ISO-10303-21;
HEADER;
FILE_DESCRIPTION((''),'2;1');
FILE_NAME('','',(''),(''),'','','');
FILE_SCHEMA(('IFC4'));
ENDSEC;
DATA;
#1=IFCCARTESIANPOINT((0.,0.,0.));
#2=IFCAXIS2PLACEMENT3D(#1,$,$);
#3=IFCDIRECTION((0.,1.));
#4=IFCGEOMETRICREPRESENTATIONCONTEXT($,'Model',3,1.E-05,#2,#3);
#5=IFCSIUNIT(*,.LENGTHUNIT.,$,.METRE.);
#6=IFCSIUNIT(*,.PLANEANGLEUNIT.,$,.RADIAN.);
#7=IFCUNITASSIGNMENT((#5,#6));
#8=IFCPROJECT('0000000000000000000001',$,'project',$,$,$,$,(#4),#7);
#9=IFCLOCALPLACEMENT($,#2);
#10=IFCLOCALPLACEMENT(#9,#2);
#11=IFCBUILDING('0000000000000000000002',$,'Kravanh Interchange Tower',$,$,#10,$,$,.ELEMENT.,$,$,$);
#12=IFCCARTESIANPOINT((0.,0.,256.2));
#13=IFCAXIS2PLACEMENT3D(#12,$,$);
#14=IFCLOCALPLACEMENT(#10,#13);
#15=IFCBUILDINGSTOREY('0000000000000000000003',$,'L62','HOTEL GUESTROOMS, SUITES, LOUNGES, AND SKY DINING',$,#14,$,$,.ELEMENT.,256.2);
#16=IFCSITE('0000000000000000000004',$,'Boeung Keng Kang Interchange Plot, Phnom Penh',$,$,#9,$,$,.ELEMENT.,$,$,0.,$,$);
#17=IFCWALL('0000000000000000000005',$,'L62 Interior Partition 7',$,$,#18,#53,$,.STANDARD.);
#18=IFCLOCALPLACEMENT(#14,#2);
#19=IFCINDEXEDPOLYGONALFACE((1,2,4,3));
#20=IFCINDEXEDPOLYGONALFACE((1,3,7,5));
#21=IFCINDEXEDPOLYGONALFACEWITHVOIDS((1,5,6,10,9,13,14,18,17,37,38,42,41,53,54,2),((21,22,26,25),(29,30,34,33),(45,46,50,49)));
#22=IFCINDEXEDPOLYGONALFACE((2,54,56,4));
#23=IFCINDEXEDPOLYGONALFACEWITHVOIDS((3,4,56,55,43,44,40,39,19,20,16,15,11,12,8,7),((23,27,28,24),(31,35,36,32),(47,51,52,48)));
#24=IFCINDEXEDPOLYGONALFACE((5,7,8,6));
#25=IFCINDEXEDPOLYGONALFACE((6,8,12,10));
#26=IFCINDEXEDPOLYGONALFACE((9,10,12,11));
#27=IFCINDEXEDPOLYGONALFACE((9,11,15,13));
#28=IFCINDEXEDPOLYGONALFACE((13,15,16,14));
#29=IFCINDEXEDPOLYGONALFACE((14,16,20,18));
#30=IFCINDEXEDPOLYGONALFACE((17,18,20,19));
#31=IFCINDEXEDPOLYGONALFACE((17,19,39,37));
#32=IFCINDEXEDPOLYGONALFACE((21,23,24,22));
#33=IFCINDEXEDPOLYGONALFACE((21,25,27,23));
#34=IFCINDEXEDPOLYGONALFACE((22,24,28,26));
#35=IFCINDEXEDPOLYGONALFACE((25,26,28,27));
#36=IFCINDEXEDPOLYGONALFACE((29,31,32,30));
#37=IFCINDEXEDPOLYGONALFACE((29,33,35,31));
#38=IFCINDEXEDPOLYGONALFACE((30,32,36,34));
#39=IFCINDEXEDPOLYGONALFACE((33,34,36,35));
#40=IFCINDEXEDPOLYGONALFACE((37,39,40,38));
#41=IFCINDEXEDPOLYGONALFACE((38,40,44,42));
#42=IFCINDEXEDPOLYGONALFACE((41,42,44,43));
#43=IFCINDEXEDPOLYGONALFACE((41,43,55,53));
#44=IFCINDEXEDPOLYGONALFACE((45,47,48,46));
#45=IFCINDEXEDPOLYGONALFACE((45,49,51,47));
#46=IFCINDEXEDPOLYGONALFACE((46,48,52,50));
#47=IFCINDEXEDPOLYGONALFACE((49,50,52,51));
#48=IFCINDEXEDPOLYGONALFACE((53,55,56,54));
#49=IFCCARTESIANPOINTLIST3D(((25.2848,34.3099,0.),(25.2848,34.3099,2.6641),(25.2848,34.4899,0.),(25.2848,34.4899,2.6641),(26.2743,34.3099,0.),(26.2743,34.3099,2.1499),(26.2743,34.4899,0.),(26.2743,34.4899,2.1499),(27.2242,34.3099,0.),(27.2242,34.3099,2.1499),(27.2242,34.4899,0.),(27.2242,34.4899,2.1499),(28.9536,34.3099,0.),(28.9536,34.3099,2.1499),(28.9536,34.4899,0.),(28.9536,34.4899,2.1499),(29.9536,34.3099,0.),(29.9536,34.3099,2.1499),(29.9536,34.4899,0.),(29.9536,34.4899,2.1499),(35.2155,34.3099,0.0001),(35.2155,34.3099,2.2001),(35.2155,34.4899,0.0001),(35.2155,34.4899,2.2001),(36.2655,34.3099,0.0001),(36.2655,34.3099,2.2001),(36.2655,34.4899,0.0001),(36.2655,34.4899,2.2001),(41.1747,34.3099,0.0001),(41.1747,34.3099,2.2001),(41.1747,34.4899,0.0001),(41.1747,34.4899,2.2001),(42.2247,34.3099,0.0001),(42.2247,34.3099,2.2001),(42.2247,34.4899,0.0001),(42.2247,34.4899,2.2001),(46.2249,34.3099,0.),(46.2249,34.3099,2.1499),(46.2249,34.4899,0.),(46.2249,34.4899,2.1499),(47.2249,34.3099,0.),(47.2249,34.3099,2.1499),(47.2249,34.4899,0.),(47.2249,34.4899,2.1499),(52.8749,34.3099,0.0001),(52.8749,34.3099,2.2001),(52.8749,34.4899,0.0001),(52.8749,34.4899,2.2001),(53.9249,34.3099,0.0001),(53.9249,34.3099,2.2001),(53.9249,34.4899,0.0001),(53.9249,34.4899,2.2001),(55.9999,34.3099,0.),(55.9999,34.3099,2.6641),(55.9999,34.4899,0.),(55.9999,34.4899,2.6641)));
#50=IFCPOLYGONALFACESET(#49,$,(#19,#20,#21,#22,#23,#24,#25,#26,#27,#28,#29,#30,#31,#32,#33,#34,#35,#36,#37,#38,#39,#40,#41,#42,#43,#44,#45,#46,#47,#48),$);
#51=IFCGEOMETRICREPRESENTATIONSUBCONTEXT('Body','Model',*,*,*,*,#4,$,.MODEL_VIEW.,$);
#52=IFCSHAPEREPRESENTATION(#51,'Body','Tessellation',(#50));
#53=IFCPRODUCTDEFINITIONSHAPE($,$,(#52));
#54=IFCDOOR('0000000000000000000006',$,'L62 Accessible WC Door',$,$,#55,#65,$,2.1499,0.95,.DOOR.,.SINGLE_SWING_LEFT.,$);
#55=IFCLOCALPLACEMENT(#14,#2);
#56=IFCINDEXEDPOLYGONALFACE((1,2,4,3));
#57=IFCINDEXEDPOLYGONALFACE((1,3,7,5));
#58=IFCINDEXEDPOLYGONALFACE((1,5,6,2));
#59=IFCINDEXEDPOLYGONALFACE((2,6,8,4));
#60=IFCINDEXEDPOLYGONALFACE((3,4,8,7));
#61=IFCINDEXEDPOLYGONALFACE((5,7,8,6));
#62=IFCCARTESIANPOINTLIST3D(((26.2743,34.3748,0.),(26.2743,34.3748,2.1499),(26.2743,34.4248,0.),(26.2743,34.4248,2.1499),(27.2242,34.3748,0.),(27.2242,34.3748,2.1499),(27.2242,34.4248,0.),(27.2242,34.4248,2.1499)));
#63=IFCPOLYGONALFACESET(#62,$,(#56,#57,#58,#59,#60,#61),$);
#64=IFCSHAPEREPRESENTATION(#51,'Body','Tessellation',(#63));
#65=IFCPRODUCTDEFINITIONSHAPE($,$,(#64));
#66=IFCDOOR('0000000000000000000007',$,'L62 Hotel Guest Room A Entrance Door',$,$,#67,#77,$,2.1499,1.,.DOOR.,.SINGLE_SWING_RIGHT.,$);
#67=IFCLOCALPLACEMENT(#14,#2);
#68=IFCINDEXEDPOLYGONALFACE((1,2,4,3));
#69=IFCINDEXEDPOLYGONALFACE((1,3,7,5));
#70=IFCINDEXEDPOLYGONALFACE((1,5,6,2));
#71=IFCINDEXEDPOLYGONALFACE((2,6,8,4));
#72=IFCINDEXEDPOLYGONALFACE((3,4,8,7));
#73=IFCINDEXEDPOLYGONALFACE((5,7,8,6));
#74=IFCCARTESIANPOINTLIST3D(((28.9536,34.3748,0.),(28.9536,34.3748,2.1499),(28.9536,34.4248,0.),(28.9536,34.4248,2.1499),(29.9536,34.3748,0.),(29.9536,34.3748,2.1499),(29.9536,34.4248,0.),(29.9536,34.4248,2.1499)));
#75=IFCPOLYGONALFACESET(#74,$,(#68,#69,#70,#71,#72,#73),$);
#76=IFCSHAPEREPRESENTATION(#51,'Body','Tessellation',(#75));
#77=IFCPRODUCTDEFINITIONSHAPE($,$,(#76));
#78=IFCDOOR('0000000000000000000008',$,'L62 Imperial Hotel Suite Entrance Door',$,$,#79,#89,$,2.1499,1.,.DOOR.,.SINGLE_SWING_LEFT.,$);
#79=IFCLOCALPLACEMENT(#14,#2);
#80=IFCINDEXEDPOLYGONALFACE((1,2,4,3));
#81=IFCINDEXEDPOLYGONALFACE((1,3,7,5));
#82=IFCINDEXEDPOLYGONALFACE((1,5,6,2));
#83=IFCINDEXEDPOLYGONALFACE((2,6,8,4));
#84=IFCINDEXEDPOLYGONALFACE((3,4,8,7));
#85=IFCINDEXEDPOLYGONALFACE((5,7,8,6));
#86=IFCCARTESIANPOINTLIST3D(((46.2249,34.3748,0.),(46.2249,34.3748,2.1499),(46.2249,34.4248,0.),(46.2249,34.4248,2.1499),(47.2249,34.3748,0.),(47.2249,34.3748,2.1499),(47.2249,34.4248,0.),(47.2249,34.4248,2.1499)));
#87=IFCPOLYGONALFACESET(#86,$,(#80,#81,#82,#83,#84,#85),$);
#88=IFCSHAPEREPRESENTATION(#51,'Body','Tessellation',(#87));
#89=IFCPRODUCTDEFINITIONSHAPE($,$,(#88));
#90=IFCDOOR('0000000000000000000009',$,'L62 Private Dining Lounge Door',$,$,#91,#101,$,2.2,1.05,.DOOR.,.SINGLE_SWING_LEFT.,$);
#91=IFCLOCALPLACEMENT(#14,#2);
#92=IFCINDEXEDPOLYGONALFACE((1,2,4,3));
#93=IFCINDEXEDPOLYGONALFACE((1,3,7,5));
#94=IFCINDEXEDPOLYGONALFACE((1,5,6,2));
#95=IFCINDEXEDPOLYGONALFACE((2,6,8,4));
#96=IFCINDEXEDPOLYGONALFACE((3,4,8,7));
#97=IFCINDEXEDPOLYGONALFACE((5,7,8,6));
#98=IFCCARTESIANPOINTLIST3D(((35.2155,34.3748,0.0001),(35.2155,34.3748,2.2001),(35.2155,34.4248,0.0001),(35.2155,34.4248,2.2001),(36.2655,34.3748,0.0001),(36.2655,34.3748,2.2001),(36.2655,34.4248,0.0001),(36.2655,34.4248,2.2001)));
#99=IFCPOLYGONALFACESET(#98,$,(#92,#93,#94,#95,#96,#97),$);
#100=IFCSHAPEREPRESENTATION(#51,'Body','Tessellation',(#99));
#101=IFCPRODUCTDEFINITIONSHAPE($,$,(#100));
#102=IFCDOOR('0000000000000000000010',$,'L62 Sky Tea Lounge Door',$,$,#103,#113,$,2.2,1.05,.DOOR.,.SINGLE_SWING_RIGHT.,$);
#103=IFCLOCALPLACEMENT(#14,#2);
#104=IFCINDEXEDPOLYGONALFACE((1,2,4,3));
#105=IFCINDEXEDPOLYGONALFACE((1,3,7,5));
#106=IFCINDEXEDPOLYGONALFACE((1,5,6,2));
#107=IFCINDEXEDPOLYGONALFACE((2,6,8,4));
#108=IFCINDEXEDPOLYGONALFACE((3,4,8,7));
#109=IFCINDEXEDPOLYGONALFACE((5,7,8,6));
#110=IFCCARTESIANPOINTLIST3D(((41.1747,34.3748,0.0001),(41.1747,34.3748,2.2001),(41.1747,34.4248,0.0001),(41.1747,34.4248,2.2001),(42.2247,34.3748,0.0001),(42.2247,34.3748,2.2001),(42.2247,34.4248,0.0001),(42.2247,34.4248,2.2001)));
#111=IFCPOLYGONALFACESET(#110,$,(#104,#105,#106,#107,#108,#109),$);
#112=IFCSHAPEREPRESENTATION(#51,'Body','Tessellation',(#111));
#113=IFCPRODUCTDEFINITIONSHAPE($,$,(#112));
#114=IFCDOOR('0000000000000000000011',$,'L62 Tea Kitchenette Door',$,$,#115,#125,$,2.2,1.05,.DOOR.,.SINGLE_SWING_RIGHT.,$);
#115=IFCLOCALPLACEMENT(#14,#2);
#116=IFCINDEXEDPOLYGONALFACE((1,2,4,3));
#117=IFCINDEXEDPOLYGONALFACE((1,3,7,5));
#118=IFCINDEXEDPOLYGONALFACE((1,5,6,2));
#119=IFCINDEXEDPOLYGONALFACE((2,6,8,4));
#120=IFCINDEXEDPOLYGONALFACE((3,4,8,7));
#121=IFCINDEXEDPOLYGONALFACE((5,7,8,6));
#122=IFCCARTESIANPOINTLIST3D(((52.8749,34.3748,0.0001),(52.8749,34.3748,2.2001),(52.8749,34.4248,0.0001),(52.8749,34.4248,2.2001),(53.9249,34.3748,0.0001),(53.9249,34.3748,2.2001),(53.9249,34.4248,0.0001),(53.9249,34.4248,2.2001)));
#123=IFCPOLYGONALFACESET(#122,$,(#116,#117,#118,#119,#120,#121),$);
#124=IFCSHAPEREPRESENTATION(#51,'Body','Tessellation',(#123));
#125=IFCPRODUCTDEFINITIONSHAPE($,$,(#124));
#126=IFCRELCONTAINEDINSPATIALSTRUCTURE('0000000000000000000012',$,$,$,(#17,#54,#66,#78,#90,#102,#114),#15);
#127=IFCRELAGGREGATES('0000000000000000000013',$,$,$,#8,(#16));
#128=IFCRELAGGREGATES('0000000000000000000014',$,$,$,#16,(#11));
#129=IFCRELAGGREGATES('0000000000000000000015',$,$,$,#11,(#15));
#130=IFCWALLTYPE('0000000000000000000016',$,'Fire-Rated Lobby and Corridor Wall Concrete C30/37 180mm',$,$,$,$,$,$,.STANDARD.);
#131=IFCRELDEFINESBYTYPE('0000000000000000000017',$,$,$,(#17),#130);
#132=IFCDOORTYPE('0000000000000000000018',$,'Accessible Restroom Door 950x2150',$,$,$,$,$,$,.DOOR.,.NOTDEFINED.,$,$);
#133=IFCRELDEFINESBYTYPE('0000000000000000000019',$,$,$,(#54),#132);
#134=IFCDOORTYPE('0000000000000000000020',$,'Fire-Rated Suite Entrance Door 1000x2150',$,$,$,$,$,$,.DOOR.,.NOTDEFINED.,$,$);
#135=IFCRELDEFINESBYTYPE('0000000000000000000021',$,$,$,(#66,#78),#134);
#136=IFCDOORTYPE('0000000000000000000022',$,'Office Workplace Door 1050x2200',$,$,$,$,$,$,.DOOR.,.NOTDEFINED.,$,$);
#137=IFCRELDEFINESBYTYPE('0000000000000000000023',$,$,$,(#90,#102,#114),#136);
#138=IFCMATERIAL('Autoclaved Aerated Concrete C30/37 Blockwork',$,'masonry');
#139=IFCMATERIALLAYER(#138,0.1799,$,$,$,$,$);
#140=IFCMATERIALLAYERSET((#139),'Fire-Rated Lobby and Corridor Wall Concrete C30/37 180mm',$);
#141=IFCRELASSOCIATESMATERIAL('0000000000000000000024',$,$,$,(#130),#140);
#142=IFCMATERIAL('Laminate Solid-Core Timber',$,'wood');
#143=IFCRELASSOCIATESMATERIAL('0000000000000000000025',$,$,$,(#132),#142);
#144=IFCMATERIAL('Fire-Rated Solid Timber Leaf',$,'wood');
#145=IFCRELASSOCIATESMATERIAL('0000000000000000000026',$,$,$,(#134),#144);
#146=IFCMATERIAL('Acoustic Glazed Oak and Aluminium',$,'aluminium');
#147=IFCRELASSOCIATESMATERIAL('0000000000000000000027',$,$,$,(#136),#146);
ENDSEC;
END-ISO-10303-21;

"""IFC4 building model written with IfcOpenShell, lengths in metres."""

from ifc_helpers import new_model, si_unit, direction, frame, frame_2d, origin, place, context, subcontext, project, spatial, rectangle, extrude, material, layer, layer_set, type_object, element, fill, save


model = new_model("IFC4")

# Units and contexts
model_context = context("Model", 3, precision=1e-05, world=origin(), true_north=direction((0.0, 1.0)))
body_context = subcontext(model_context, "Body", "Model", "MODEL_VIEW")
ifc_project = project(units=[si_unit("LENGTHUNIT", "METRE"), si_unit("PLANEANGLEUNIT", "RADIAN")], contexts=[model_context])

# Site, building, storey
site_placement = place(None, origin())
site = spatial("IfcSite", under=ifc_project, at=site_placement, Name="Boeung Keng Kang Interchange Plot, Phnom Penh", CompositionType="ELEMENT", RefElevation=0.0)
building_placement = place(site_placement, origin())
building = spatial("IfcBuilding", under=site, at=building_placement, Name="Kravanh Interchange Tower", CompositionType="ELEMENT")
storey_placement = place(building_placement, frame((0.0, 0.0, 256.2)))
storey = spatial("IfcBuildingStorey", under=building, at=storey_placement, Name="L62", Description="HOTEL GUESTROOMS, SUITES, LOUNGES, AND SKY DINING", CompositionType="ELEMENT", Elevation=256.2)

# Wall, openings, doors
ifc_material_1 = material(Name="Autoclaved Aerated Concrete C30/37 Blockwork", Category="masonry")
ifc_layer_1 = layer(ifc_material_1, 0.1799)
ifc_layer_set_1 = layer_set([ifc_layer_1], Name="Fire-Rated Lobby and Corridor Wall Concrete C30/37 180mm")
wall_type_1 = type_object("IfcWallType", Name="Fire-Rated Lobby and Corridor Wall Concrete C30/37 180mm", PredefinedType="STANDARD", material=ifc_layer_set_1)
wall_1_placement = place(storey_placement, frame((25.2849, 34.3999, 0.0), z_axis=(0.0, 0.0, 1.0), x_axis=(1.0, 0.0, 0.0)))
wall_1 = element("IfcWall", 1, at=wall_1_placement, inside=storey, type_object=wall_type_1, Name="L62 Interior Partition 7", PredefinedType="STANDARD", context=body_context, shape_type="SweptSolid", body=[
    extrude(rectangle(XDim=30.7151, YDim=0.1799, at=frame_2d((15.3574, 0.0))), origin(), (0.0, 0.0, 1.0), 2.6641),
])
opening_1_placement = place(wall_1_placement, frame((0.9893, 0.0, 0.0)))
opening_1 = element("IfcOpeningElement", 2, at=opening_1_placement, cuts=wall_1, PredefinedType="OPENING", context=body_context, shape_type="SweptSolid", body=[
    extrude(rectangle(XDim=0.95, YDim=2.1499, at=frame_2d((0.4751, 1.075))), frame((0.0, 0.1001, 0.0), z_axis=(0.0, -1.0, 0.0), x_axis=(1.0, 0.0, 0.0)), (0.0, 0.0, 1.0), 0.2),
])
opening_2_placement = place(wall_1_placement, frame((3.6687, 0.0, 0.0)))
opening_2 = element("IfcOpeningElement", 3, at=opening_2_placement, cuts=wall_1, PredefinedType="OPENING", context=body_context, shape_type="SweptSolid", body=[
    extrude(rectangle(XDim=1.0, YDim=2.1499, at=frame_2d((0.5, 1.075))), frame((0.0, 0.1001, 0.0), z_axis=(0.0, -1.0, 0.0), x_axis=(1.0, 0.0, 0.0)), (0.0, 0.0, 1.0), 0.2),
])
opening_3_placement = place(wall_1_placement, frame((9.9307, 0.0, 0.0)))
opening_3 = element("IfcOpeningElement", 4, at=opening_3_placement, cuts=wall_1, PredefinedType="OPENING", context=body_context, shape_type="SweptSolid", body=[
    extrude(rectangle(XDim=1.05, YDim=2.2, at=frame_2d((0.5249, 1.1001))), frame((0.0, 0.1001, 0.0), z_axis=(0.0, -1.0, 0.0), x_axis=(1.0, 0.0, 0.0)), (0.0, 0.0, 1.0), 0.2),
])
opening_4_placement = place(wall_1_placement, frame((15.8899, 0.0, 0.0)))
opening_4 = element("IfcOpeningElement", 5, at=opening_4_placement, cuts=wall_1, PredefinedType="OPENING", context=body_context, shape_type="SweptSolid", body=[
    extrude(rectangle(XDim=1.05, YDim=2.2, at=frame_2d((0.5249, 1.1001))), frame((0.0, 0.1001, 0.0), z_axis=(0.0, -1.0, 0.0), x_axis=(1.0, 0.0, 0.0)), (0.0, 0.0, 1.0), 0.2),
])
opening_5_placement = place(wall_1_placement, frame((20.9399, 0.0, 0.0)))
opening_5 = element("IfcOpeningElement", 6, at=opening_5_placement, cuts=wall_1, PredefinedType="OPENING", context=body_context, shape_type="SweptSolid", body=[
    extrude(rectangle(XDim=1.0, YDim=2.1499, at=frame_2d((0.5, 1.075))), frame((0.0, 0.1001, 0.0), z_axis=(0.0, -1.0, 0.0), x_axis=(1.0, 0.0, 0.0)), (0.0, 0.0, 1.0), 0.2),
])
opening_6_placement = place(wall_1_placement, frame((27.5901, 0.0, 0.0)))
opening_6 = element("IfcOpeningElement", 7, at=opening_6_placement, cuts=wall_1, PredefinedType="OPENING", context=body_context, shape_type="SweptSolid", body=[
    extrude(rectangle(XDim=1.05, YDim=2.2, at=frame_2d((0.5249, 1.1001))), frame((0.0, 0.1001, 0.0), z_axis=(0.0, -1.0, 0.0), x_axis=(1.0, 0.0, 0.0)), (0.0, 0.0, 1.0), 0.2),
])
ifc_material_2 = material(Name="Laminate Solid-Core Timber", Category="wood")
door_type_1 = type_object("IfcDoorType", Name="Accessible Restroom Door 950x2150", OperationType="NOTDEFINED", PredefinedType="DOOR", material=ifc_material_2)
door_1_placement = place(opening_1_placement, origin())
door_1 = element("IfcDoor", 8, at=door_1_placement, inside=storey, type_object=door_type_1, Name="L62 Accessible WC Door", OperationType="SINGLE_SWING_LEFT", OverallHeight=2.1499, OverallWidth=0.95, PredefinedType="DOOR", context=body_context, shape_type="SweptSolid", body=[
    extrude(rectangle(XDim=0.95, YDim=2.1499, at=frame_2d((0.4751, 1.075))), frame((0.0, 0.0249, 0.0), z_axis=(0.0, -1.0, 0.0), x_axis=(1.0, 0.0, 0.0)), (0.0, 0.0, 1.0), 0.05),
])
fill(opening_1, door_1)
ifc_material_3 = material(Name="Fire-Rated Solid Timber Leaf", Category="wood")
door_type_2 = type_object("IfcDoorType", Name="Fire-Rated Suite Entrance Door 1000x2150", OperationType="NOTDEFINED", PredefinedType="DOOR", material=ifc_material_3)
door_2_placement = place(opening_2_placement, origin())
door_2 = element("IfcDoor", 9, at=door_2_placement, inside=storey, type_object=door_type_2, Name="L62 Hotel Guest Room A Entrance Door", OperationType="SINGLE_SWING_RIGHT", OverallHeight=2.1499, OverallWidth=1.0, PredefinedType="DOOR", context=body_context, shape_type="SweptSolid", body=[
    extrude(rectangle(XDim=1.0, YDim=2.1499, at=frame_2d((0.5, 1.075))), frame((0.0, 0.0249, 0.0), z_axis=(0.0, -1.0, 0.0), x_axis=(1.0, 0.0, 0.0)), (0.0, 0.0, 1.0), 0.05),
])
fill(opening_2, door_2)
door_3_placement = place(opening_5_placement, origin())
door_3 = element("IfcDoor", 10, at=door_3_placement, inside=storey, type_object=door_type_2, Name="L62 Imperial Hotel Suite Entrance Door", OperationType="SINGLE_SWING_LEFT", OverallHeight=2.1499, OverallWidth=1.0, PredefinedType="DOOR", context=body_context, shape_type="SweptSolid", body=[
    extrude(rectangle(XDim=1.0, YDim=2.1499, at=frame_2d((0.5, 1.075))), frame((0.0, 0.0249, 0.0), z_axis=(0.0, -1.0, 0.0), x_axis=(1.0, 0.0, 0.0)), (0.0, 0.0, 1.0), 0.05),
])
fill(opening_5, door_3)
ifc_material_4 = material(Name="Acoustic Glazed Oak and Aluminium", Category="aluminium")
door_type_3 = type_object("IfcDoorType", Name="Office Workplace Door 1050x2200", OperationType="NOTDEFINED", PredefinedType="DOOR", material=ifc_material_4)
door_4_placement = place(opening_3_placement, origin())
door_4 = element("IfcDoor", 11, at=door_4_placement, inside=storey, type_object=door_type_3, Name="L62 Private Dining Lounge Door", OperationType="SINGLE_SWING_LEFT", OverallHeight=2.2, OverallWidth=1.05, PredefinedType="DOOR", context=body_context, shape_type="SweptSolid", body=[
    extrude(rectangle(XDim=1.05, YDim=2.2, at=frame_2d((0.5249, 1.1001))), frame((0.0, 0.0249, 0.0), z_axis=(0.0, -1.0, 0.0), x_axis=(1.0, 0.0, 0.0)), (0.0, 0.0, 1.0), 0.05),
])
fill(opening_3, door_4)
door_5_placement = place(opening_4_placement, origin())
door_5 = element("IfcDoor", 12, at=door_5_placement, inside=storey, type_object=door_type_3, Name="L62 Sky Tea Lounge Door", OperationType="SINGLE_SWING_RIGHT", OverallHeight=2.2, OverallWidth=1.05, PredefinedType="DOOR", context=body_context, shape_type="SweptSolid", body=[
    extrude(rectangle(XDim=1.05, YDim=2.2, at=frame_2d((0.5249, 1.1001))), frame((0.0, 0.0249, 0.0), z_axis=(0.0, -1.0, 0.0), x_axis=(1.0, 0.0, 0.0)), (0.0, 0.0, 1.0), 0.05),
])
fill(opening_4, door_5)
door_6_placement = place(opening_6_placement, origin())
door_6 = element("IfcDoor", 13, at=door_6_placement, inside=storey, type_object=door_type_3, Name="L62 Tea Kitchenette Door", OperationType="SINGLE_SWING_RIGHT", OverallHeight=2.2, OverallWidth=1.05, PredefinedType="DOOR", context=body_context, shape_type="SweptSolid", body=[
    extrude(rectangle(XDim=1.05, YDim=2.2, at=frame_2d((0.5249, 1.1001))), frame((0.0, 0.0249, 0.0), z_axis=(0.0, -1.0, 0.0), x_axis=(1.0, 0.0, 0.0)), (0.0, 0.0, 1.0), 0.05),
])
fill(opening_6, door_6)

save(model, "model.ifc")
